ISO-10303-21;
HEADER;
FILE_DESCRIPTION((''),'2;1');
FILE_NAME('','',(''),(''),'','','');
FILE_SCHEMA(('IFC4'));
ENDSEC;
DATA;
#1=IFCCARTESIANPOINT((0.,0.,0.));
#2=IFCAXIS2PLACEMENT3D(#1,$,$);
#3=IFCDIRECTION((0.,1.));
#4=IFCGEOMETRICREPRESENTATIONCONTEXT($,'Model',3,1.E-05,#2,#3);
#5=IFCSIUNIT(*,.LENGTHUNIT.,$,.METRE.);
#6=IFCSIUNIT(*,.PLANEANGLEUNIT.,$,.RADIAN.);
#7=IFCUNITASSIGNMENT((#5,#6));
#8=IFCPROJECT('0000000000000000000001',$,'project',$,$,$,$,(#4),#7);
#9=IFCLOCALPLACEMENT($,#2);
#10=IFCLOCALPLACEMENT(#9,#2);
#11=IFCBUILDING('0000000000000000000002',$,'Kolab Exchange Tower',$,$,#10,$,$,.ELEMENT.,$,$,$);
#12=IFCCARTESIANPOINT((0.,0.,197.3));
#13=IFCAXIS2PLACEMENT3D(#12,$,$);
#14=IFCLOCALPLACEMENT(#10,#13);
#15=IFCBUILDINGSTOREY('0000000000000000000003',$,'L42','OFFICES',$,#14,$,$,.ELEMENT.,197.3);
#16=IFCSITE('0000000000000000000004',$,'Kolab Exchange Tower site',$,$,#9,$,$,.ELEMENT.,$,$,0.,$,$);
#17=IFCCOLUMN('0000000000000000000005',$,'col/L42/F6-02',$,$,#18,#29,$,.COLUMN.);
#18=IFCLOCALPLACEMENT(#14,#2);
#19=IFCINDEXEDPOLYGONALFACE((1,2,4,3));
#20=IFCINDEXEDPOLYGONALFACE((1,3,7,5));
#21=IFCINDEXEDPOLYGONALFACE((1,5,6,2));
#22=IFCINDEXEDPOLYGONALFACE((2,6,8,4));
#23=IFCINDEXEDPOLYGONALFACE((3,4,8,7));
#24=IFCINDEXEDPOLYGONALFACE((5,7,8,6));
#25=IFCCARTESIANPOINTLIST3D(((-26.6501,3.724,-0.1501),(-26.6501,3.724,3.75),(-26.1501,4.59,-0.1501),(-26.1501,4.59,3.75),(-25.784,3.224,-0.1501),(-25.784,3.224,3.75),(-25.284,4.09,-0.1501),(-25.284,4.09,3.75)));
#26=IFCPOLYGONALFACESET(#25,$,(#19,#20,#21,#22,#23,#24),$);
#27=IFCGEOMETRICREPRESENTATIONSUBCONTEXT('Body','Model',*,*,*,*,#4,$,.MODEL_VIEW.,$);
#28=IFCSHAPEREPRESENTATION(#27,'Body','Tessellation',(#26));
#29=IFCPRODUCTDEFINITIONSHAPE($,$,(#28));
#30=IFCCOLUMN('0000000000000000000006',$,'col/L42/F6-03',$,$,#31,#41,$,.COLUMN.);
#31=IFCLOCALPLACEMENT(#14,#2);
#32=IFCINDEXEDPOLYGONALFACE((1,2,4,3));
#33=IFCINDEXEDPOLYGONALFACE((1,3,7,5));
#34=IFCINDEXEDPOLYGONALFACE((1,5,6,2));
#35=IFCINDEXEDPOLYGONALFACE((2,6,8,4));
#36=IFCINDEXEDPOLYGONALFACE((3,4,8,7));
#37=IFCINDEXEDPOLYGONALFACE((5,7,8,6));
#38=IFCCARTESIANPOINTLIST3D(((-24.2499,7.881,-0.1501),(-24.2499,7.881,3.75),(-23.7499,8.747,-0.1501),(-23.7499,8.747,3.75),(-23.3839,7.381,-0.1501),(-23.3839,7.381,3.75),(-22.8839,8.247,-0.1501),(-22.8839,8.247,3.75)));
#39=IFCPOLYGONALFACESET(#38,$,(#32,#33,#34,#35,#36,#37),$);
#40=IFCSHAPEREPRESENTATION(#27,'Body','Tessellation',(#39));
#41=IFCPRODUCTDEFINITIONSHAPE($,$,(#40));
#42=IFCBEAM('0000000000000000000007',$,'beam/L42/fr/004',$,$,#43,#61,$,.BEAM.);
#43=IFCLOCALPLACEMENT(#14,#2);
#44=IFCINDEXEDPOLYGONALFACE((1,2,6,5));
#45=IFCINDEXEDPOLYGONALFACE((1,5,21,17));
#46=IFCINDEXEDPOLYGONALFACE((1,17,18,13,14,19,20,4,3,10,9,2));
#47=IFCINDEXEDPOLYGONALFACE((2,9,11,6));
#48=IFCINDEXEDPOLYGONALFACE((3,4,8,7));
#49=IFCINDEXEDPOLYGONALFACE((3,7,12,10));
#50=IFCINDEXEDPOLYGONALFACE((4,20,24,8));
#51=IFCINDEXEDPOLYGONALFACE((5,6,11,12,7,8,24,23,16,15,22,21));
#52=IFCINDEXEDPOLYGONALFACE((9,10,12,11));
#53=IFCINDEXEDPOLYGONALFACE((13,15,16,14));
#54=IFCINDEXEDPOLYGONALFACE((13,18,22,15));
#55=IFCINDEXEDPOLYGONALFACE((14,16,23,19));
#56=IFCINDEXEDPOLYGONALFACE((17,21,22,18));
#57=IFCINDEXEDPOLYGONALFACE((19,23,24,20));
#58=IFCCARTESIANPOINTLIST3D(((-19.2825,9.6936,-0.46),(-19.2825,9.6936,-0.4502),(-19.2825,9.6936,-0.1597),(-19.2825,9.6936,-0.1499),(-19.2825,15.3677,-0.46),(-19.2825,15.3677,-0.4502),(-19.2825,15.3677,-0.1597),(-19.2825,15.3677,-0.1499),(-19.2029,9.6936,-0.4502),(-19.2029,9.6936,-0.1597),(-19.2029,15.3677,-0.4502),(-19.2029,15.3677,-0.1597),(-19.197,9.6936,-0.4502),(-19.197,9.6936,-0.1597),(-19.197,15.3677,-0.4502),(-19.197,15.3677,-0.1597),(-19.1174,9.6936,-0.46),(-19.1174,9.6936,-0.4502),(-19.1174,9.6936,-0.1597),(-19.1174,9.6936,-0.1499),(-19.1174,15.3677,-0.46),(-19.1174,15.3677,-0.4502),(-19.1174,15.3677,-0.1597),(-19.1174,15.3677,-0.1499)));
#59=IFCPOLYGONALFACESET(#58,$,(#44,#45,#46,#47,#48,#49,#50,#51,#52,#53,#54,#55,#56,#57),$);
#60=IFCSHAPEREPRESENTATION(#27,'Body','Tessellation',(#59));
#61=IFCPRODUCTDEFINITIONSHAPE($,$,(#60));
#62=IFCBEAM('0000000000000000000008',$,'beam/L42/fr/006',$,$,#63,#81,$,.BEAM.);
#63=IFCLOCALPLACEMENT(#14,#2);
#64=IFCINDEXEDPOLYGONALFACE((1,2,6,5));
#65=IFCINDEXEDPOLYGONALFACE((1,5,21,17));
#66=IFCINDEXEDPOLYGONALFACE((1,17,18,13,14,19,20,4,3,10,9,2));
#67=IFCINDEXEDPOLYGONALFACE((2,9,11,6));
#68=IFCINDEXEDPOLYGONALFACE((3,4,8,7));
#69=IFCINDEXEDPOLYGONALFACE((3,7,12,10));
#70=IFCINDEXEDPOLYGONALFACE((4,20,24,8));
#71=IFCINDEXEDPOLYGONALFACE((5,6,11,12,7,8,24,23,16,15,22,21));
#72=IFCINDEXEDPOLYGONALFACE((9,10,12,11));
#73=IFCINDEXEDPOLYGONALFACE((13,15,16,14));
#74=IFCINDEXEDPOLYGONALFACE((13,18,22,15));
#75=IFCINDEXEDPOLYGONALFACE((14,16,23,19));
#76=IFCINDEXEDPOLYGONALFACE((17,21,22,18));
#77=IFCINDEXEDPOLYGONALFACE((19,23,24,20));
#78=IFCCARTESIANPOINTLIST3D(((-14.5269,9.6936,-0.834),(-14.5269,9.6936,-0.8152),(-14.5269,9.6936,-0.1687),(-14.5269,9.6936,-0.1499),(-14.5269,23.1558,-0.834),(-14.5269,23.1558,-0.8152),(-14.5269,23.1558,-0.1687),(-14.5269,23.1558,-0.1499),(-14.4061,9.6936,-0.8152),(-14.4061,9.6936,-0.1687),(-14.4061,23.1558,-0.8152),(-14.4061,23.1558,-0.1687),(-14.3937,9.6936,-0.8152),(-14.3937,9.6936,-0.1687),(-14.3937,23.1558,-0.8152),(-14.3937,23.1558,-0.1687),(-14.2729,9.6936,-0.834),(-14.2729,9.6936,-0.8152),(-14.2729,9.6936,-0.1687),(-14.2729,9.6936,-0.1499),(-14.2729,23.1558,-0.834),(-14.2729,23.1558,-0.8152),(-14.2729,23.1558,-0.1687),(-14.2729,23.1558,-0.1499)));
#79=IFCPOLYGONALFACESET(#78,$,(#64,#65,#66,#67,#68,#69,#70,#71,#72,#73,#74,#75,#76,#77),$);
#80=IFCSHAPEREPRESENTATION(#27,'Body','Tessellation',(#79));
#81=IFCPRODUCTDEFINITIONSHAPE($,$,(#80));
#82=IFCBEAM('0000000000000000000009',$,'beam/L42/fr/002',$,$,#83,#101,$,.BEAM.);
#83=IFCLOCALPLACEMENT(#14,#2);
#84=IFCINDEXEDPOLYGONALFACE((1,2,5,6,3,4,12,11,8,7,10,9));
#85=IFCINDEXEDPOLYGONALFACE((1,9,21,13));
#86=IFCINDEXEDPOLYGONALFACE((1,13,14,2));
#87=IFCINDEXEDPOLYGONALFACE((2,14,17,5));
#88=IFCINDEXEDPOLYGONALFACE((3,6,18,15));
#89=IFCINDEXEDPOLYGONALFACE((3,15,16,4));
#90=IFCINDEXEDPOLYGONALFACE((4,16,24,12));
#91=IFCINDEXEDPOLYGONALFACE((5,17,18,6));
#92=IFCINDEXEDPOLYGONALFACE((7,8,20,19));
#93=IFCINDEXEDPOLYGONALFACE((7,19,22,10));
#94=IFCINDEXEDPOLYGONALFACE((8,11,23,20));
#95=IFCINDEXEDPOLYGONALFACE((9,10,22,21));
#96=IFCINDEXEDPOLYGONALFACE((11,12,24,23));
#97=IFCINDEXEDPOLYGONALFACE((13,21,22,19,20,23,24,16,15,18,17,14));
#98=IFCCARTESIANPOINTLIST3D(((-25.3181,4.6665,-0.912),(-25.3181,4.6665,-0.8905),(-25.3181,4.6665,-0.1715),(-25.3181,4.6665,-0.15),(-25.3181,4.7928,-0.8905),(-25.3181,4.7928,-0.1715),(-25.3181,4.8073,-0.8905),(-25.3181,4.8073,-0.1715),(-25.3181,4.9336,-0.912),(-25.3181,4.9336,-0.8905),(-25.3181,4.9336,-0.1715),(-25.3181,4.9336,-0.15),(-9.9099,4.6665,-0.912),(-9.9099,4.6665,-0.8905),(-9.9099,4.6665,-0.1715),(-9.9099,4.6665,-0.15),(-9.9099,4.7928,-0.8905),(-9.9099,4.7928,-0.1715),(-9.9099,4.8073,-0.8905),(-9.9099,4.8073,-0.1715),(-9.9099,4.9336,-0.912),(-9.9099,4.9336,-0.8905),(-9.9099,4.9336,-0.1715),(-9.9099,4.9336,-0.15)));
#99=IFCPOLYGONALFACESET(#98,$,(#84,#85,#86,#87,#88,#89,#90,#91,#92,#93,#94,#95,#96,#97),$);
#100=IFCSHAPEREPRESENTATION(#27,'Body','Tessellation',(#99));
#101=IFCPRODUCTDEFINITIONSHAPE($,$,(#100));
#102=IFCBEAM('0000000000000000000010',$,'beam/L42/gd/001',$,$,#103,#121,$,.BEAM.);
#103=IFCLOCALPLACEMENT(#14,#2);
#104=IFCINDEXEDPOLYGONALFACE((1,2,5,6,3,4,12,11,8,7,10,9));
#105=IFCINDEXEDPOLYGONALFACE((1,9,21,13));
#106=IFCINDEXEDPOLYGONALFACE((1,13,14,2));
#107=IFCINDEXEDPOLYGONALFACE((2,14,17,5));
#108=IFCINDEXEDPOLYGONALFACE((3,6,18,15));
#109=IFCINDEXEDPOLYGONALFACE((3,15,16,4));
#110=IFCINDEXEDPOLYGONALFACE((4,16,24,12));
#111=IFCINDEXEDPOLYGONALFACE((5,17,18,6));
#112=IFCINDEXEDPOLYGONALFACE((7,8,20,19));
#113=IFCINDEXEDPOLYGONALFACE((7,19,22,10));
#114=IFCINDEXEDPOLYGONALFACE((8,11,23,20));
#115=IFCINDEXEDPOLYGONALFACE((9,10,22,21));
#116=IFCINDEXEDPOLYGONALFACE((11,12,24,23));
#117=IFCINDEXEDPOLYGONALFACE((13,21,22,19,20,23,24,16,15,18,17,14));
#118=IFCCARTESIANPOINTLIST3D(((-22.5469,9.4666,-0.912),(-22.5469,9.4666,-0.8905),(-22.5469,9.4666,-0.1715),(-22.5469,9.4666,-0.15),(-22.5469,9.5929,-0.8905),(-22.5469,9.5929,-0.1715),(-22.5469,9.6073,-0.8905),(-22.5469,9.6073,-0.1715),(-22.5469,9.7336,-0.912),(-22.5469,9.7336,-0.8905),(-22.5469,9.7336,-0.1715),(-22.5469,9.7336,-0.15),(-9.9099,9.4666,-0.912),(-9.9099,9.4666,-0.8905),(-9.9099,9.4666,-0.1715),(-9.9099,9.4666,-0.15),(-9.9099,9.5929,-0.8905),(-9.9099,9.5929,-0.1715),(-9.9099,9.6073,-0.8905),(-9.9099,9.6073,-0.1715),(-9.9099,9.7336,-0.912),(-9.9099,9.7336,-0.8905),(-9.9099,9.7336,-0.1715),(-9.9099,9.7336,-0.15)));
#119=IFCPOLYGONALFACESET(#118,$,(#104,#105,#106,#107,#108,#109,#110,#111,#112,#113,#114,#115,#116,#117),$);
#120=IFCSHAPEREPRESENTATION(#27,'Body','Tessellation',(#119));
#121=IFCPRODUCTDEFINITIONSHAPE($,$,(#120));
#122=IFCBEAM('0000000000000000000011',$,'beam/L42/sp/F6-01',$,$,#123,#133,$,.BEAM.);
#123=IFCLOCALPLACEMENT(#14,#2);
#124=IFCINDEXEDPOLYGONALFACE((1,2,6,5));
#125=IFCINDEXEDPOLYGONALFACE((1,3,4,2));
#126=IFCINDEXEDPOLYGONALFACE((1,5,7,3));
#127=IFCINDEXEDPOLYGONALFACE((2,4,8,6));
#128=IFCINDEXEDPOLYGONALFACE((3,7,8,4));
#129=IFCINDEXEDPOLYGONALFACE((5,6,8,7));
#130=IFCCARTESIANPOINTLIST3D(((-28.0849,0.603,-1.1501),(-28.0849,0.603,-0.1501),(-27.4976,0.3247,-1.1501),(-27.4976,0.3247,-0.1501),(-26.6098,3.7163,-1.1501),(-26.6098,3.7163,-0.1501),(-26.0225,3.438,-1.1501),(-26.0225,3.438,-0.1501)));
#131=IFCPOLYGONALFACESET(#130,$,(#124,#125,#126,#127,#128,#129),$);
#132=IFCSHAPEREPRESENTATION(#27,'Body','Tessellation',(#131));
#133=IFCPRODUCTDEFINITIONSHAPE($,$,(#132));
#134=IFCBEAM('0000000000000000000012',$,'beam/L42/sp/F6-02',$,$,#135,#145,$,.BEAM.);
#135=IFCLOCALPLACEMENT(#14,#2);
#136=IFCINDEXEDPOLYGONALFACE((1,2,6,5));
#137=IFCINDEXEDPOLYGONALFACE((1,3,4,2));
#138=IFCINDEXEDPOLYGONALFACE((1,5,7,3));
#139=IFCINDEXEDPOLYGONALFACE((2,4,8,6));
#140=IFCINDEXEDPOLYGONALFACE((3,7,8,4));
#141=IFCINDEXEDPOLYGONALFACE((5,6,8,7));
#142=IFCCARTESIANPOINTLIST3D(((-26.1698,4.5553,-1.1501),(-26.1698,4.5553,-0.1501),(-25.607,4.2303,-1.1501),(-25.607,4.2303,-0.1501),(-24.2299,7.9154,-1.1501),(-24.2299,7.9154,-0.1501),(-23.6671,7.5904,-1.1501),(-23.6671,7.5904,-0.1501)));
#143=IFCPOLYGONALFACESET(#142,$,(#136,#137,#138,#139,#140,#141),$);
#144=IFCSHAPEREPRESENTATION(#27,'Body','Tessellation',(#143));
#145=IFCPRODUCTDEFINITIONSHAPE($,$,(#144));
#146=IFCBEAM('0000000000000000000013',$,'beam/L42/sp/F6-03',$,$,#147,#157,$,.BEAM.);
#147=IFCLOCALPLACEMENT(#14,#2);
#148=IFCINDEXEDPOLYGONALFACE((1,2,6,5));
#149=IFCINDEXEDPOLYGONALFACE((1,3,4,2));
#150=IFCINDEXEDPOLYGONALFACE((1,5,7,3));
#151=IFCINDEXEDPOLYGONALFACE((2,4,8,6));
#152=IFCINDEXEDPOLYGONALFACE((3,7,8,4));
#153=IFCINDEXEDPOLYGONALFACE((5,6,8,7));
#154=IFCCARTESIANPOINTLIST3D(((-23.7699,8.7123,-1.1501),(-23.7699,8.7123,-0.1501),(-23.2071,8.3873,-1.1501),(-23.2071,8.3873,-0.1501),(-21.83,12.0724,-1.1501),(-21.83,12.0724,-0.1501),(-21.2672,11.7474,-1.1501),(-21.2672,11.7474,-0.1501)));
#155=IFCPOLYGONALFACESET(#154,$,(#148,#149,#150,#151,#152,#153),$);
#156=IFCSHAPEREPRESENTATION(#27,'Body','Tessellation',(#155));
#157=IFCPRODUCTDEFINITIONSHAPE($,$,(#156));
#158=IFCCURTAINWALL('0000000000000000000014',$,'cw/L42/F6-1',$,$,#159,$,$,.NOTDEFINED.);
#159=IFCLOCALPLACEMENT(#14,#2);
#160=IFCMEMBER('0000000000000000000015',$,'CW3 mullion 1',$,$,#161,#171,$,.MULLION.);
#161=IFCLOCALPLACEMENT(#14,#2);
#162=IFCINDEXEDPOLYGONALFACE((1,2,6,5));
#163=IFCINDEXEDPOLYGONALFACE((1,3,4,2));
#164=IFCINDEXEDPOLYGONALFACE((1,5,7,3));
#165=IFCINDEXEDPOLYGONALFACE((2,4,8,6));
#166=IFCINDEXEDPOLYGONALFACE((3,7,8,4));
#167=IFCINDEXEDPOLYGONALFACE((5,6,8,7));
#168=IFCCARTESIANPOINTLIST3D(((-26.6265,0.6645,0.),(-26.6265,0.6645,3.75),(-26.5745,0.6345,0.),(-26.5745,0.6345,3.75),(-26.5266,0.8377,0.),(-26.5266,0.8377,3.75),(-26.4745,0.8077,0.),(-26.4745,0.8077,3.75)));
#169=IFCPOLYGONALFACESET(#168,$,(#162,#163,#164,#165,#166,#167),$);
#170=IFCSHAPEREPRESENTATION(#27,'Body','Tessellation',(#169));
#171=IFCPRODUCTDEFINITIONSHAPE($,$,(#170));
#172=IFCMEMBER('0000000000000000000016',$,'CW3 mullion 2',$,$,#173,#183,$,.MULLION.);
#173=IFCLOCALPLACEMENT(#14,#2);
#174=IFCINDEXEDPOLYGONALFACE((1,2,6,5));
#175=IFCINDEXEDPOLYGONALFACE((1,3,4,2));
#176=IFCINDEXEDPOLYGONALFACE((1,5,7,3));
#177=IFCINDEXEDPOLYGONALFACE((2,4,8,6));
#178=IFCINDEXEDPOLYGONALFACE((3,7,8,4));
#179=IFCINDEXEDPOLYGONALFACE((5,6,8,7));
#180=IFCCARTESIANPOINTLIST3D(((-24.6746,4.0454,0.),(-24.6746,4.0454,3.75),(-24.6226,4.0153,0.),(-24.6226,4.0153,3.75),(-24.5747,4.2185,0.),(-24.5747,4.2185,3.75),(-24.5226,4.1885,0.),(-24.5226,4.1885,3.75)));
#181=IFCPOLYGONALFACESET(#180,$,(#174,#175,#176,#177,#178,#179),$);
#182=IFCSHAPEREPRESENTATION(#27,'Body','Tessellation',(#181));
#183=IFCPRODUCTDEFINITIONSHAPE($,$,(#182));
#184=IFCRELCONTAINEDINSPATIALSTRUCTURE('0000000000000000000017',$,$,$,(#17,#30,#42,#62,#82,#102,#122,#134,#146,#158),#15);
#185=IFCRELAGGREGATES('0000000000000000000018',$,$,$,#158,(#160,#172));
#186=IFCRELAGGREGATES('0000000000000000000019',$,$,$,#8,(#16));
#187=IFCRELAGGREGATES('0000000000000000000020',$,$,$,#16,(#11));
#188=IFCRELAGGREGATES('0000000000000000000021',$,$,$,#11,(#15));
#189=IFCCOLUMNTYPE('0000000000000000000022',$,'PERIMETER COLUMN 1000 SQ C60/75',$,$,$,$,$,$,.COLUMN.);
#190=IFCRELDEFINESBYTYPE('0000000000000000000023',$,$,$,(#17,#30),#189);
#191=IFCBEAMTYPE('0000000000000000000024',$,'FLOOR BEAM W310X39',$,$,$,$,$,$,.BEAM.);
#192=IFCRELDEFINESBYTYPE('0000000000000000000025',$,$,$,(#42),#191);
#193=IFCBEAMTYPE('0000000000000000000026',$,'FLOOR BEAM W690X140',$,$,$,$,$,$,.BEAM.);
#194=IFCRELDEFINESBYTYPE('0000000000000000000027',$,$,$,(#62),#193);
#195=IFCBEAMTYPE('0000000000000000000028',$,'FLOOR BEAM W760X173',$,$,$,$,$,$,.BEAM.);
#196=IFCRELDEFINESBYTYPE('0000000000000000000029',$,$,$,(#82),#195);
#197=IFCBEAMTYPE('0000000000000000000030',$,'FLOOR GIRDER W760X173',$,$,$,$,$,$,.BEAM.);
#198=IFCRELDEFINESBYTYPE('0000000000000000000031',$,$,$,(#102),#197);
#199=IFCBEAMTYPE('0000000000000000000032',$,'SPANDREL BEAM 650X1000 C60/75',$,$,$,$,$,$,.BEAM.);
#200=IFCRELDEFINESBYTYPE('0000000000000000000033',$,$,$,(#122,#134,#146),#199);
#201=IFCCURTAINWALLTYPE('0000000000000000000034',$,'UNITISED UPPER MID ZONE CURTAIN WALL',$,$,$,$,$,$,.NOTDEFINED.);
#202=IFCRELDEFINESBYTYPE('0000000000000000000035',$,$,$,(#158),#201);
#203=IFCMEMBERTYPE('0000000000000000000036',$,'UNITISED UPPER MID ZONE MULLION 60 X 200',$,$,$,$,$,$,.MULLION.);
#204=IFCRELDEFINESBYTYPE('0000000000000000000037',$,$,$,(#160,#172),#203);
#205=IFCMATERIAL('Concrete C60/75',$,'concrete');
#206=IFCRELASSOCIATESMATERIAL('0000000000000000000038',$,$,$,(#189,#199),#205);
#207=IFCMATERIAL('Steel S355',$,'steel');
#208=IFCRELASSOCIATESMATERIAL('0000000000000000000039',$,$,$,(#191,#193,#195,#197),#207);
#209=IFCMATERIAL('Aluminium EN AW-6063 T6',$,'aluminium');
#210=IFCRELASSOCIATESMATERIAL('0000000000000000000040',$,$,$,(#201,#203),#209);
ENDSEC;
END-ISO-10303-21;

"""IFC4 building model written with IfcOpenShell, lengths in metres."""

from ifc_helpers import new_model, si_unit, direction, frame, origin, origin_2d, place, context, subcontext, project, spatial, rectangle, i_section, extrude, material, material_profile, profile_set, type_object, element, aggregate, save


model = new_model("IFC4")

# Units and contexts
model_context = context("Model", 3, precision=1e-05, world=origin(), true_north=direction((0.0, 1.0)))
body_context = subcontext(model_context, "Body", "Model", "MODEL_VIEW")
ifc_project = project(units=[si_unit("LENGTHUNIT", "METRE"), si_unit("PLANEANGLEUNIT", "RADIAN")], contexts=[model_context])

# Site, building, storey
site_placement = place(None, origin())
site = spatial("IfcSite", under=ifc_project, at=site_placement, Name="Kolab Exchange Tower site", CompositionType="ELEMENT", RefElevation=0.0)
building_placement = place(site_placement, origin())
building = spatial("IfcBuilding", under=site, at=building_placement, Name="Kolab Exchange Tower", CompositionType="ELEMENT")
storey_placement = place(building_placement, frame((0.0, 0.0, 197.3)))
storey = spatial("IfcBuildingStorey", under=building, at=storey_placement, Name="L42", Description="OFFICES", CompositionType="ELEMENT", Elevation=197.3)

# Columns
ifc_material_1 = material(Name="Concrete C60/75", Category="concrete")
ifc_material_profile_1 = material_profile(ifc_material_1, rectangle(XDim=1.0, YDim=1.0, at=origin_2d()), Name="RC1000")
ifc_profile_set_1 = profile_set([ifc_material_profile_1], Name="Concrete C60/75")
column_type = type_object("IfcColumnType", Name="PERIMETER COLUMN 1000 SQ C60/75", PredefinedType="COLUMN", material=ifc_profile_set_1)
for number, where, z_axis, x_axis, name in (
    (1, (-25.967, 3.907, -0.1501), (0.0, 0.0, 1.0), (0.5, 0.866025, 0.0), "col/L42/F6-02"),
    (2, (-23.5669, 8.064, -0.1501), (0.0, 0.0, 1.0), (0.5, 0.866025, 0.0), "col/L42/F6-03"),
):
    element("IfcColumn", number, at=place(storey_placement, frame(where, z_axis=z_axis, x_axis=x_axis)), inside=storey, type_object=column_type, Name=name, PredefinedType="COLUMN", context=body_context, shape_type="SweptSolid", body=[
        extrude(rectangle(XDim=1.0, YDim=1.0, at=origin_2d()), origin(), (0.0, 0.0, 1.0), 3.9001),
    ])

# Beams
ifc_material_2 = material(Name="Steel S355", Category="steel")
ifc_material_profile_2 = material_profile(ifc_material_2, i_section(OverallWidth=0.165, OverallDepth=0.3101, WebThickness=0.0059, FlangeThickness=0.0098, at=origin_2d()), Name="W310X39")
ifc_profile_set_2 = profile_set([ifc_material_profile_2], Name="Steel S355")
beam_type_1 = type_object("IfcBeamType", Name="FLOOR BEAM W310X39", PredefinedType="BEAM", material=ifc_profile_set_2)
beam_1_placement = place(storey_placement, frame((-19.2, 9.6936, -0.3049), z_axis=(0.0, 1.0, 0.0), x_axis=(-1.0, 0.0, 0.0)))
element("IfcBeam", 3, at=beam_1_placement, inside=storey, type_object=beam_type_1, Name="beam/L42/fr/004", PredefinedType="BEAM", context=body_context, shape_type="SweptSolid", body=[
    extrude(i_section(OverallWidth=0.165, OverallDepth=0.3101, WebThickness=0.0059, FlangeThickness=0.0098, at=origin_2d()), origin(), (0.0, 0.0, 1.0), 5.6741),
])
ifc_material_profile_3 = material_profile(ifc_material_2, i_section(OverallWidth=0.2539, OverallDepth=0.6841, WebThickness=0.0125, FlangeThickness=0.0188, at=origin_2d()), Name="W690X140")
ifc_profile_set_3 = profile_set([ifc_material_profile_3], Name="Steel S355")
beam_type_2 = type_object("IfcBeamType", Name="FLOOR BEAM W690X140", PredefinedType="BEAM", material=ifc_profile_set_3)
beam_2_placement = place(storey_placement, frame((-14.3999, 9.6936, -0.4919), z_axis=(0.0, 1.0, 0.0), x_axis=(-1.0, 0.0, 0.0)))
element("IfcBeam", 4, at=beam_2_placement, inside=storey, type_object=beam_type_2, Name="beam/L42/fr/006", PredefinedType="BEAM", context=body_context, shape_type="SweptSolid", body=[
    extrude(i_section(OverallWidth=0.2539, OverallDepth=0.6841, WebThickness=0.0125, FlangeThickness=0.0188, at=origin_2d()), origin(), (0.0, 0.0, 1.0), 13.4622),
])
ifc_material_profile_4 = material_profile(ifc_material_2, i_section(OverallWidth=0.2671, OverallDepth=0.762, WebThickness=0.0144, FlangeThickness=0.0215, at=origin_2d()), Name="W760X173")
ifc_profile_set_4 = profile_set([ifc_material_profile_4], Name="Steel S355")
beam_type_3 = type_object("IfcBeamType", Name="FLOOR BEAM W760X173", PredefinedType="BEAM", material=ifc_profile_set_4)
beam_3_placement = place(storey_placement, frame((-25.3181, 4.8, -0.531), z_axis=(1.0, 0.0, 0.0), x_axis=(0.0, 1.0, 0.0)))
element("IfcBeam", 5, at=beam_3_placement, inside=storey, type_object=beam_type_3, Name="beam/L42/fr/002", PredefinedType="BEAM", context=body_context, shape_type="SweptSolid", body=[
    extrude(i_section(OverallWidth=0.2671, OverallDepth=0.762, WebThickness=0.0144, FlangeThickness=0.0215, at=origin_2d()), origin(), (0.0, 0.0, 1.0), 15.4082),
])
ifc_material_profile_5 = material_profile(ifc_material_2, i_section(OverallWidth=0.2671, OverallDepth=0.762, WebThickness=0.0144, FlangeThickness=0.0215, at=origin_2d()), Name="W760X173")
ifc_profile_set_5 = profile_set([ifc_material_profile_5], Name="Steel S355")
beam_type_4 = type_object("IfcBeamType", Name="FLOOR GIRDER W760X173", PredefinedType="BEAM", material=ifc_profile_set_5)
beam_4_placement = place(storey_placement, frame((-22.5469, 9.6001, -0.531), z_axis=(1.0, 0.0, 0.0), x_axis=(0.0, 1.0, 0.0)))
element("IfcBeam", 6, at=beam_4_placement, inside=storey, type_object=beam_type_4, Name="beam/L42/gd/001", PredefinedType="BEAM", context=body_context, shape_type="SweptSolid", body=[
    extrude(i_section(OverallWidth=0.2671, OverallDepth=0.762, WebThickness=0.0144, FlangeThickness=0.0215, at=origin_2d()), origin(), (0.0, 0.0, 1.0), 12.637),
])
ifc_material_profile_6 = material_profile(ifc_material_1, rectangle(XDim=0.6499, YDim=1.0, at=origin_2d()), Name="RC650X1000")
ifc_profile_set_6 = profile_set([ifc_material_profile_6], Name="Concrete C60/75")
beam_type_5 = type_object("IfcBeamType", Name="SPANDREL BEAM 650X1000 C60/75", PredefinedType="BEAM", material=ifc_profile_set_6)
beam_5_placement = place(storey_placement, frame((-27.7913, 0.4639, -0.6501), z_axis=(0.428178, 0.903695, 0.0), x_axis=(-0.903695, 0.428178, 0.0)))
element("IfcBeam", 7, at=beam_5_placement, inside=storey, type_object=beam_type_5, Name="beam/L42/sp/F6-01", PredefinedType="BEAM", context=body_context, shape_type="SweptSolid", body=[
    extrude(rectangle(XDim=0.6499, YDim=1.0, at=origin_2d()), origin(), (0.0, 0.0, 1.0), 3.4451),
])
for number, where, z_axis, x_axis, name in (
    (8, (-25.8884, 4.3928, -0.6501), (0.499997, 0.866027, 0.0), (-0.866027, 0.499997, 0.0), "beam/L42/sp/F6-02"),
    (9, (-23.4885, 8.5498, -0.6501), (0.499997, 0.866027, 0.0), (-0.866027, 0.499997, 0.0), "beam/L42/sp/F6-03"),
):
    element("IfcBeam", number, at=place(storey_placement, frame(where, z_axis=z_axis, x_axis=x_axis)), inside=storey, type_object=beam_type_5, Name=name, PredefinedType="BEAM", context=body_context, shape_type="SweptSolid", body=[
        extrude(rectangle(XDim=0.6499, YDim=1.0, at=origin_2d()), origin(), (0.0, 0.0, 1.0), 3.8799),
    ])

# Curtain wall, members
ifc_material_3 = material(Name="Aluminium EN AW-6063 T6", Category="aluminium")
curtain_wall_type = type_object("IfcCurtainWallType", Name="UNITISED UPPER MID ZONE CURTAIN WALL", PredefinedType="NOTDEFINED", material=ifc_material_3)
curtain_wall_1_placement = place(storey_placement, origin())
curtain_wall_1 = element("IfcCurtainWall", 10, at=curtain_wall_1_placement, inside=storey, type_object=curtain_wall_type, Name="cw/L42/F6-1", PredefinedType="NOTDEFINED")
ifc_material_profile_7 = material_profile(ifc_material_3, rectangle(XDim=0.0601, YDim=0.2, at=origin_2d()), Name="RECT 60X200")
ifc_profile_set_7 = profile_set([ifc_material_profile_7], Name="Aluminium EN AW-6063 T6")
member_type_1 = type_object("IfcMemberType", Name="UNITISED UPPER MID ZONE MULLION 60 X 200", PredefinedType="MULLION", material=ifc_profile_set_7)
member_1_placement = place(storey_placement, frame((-26.5505, 0.7361, 0.0), z_axis=(0.0, 0.0, 1.0), x_axis=(-0.866025, 0.5, 0.0)))
member_1 = element("IfcMember", 11, at=member_1_placement, type_object=member_type_1, Name="CW3 mullion 1", PredefinedType="MULLION", context=body_context, shape_type="SweptSolid", body=[
    extrude(rectangle(XDim=0.0601, YDim=0.2, at=origin_2d()), origin(), (0.0, 0.0, 1.0), 3.75),
])
member_2_placement = place(storey_placement, frame((-24.5986, 4.1169, 0.0), z_axis=(0.0, 0.0, 1.0), x_axis=(-0.866025, 0.5, 0.0)))
member_2 = element("IfcMember", 12, at=member_2_placement, type_object=member_type_1, Name="CW3 mullion 2", PredefinedType="MULLION", context=body_context, shape_type="SweptSolid", body=[
    extrude(rectangle(XDim=0.0601, YDim=0.2, at=origin_2d()), origin(), (0.0, 0.0, 1.0), 3.75),
])

aggregate(curtain_wall_1, [member_1, member_2])

save(model, "model.ifc")
